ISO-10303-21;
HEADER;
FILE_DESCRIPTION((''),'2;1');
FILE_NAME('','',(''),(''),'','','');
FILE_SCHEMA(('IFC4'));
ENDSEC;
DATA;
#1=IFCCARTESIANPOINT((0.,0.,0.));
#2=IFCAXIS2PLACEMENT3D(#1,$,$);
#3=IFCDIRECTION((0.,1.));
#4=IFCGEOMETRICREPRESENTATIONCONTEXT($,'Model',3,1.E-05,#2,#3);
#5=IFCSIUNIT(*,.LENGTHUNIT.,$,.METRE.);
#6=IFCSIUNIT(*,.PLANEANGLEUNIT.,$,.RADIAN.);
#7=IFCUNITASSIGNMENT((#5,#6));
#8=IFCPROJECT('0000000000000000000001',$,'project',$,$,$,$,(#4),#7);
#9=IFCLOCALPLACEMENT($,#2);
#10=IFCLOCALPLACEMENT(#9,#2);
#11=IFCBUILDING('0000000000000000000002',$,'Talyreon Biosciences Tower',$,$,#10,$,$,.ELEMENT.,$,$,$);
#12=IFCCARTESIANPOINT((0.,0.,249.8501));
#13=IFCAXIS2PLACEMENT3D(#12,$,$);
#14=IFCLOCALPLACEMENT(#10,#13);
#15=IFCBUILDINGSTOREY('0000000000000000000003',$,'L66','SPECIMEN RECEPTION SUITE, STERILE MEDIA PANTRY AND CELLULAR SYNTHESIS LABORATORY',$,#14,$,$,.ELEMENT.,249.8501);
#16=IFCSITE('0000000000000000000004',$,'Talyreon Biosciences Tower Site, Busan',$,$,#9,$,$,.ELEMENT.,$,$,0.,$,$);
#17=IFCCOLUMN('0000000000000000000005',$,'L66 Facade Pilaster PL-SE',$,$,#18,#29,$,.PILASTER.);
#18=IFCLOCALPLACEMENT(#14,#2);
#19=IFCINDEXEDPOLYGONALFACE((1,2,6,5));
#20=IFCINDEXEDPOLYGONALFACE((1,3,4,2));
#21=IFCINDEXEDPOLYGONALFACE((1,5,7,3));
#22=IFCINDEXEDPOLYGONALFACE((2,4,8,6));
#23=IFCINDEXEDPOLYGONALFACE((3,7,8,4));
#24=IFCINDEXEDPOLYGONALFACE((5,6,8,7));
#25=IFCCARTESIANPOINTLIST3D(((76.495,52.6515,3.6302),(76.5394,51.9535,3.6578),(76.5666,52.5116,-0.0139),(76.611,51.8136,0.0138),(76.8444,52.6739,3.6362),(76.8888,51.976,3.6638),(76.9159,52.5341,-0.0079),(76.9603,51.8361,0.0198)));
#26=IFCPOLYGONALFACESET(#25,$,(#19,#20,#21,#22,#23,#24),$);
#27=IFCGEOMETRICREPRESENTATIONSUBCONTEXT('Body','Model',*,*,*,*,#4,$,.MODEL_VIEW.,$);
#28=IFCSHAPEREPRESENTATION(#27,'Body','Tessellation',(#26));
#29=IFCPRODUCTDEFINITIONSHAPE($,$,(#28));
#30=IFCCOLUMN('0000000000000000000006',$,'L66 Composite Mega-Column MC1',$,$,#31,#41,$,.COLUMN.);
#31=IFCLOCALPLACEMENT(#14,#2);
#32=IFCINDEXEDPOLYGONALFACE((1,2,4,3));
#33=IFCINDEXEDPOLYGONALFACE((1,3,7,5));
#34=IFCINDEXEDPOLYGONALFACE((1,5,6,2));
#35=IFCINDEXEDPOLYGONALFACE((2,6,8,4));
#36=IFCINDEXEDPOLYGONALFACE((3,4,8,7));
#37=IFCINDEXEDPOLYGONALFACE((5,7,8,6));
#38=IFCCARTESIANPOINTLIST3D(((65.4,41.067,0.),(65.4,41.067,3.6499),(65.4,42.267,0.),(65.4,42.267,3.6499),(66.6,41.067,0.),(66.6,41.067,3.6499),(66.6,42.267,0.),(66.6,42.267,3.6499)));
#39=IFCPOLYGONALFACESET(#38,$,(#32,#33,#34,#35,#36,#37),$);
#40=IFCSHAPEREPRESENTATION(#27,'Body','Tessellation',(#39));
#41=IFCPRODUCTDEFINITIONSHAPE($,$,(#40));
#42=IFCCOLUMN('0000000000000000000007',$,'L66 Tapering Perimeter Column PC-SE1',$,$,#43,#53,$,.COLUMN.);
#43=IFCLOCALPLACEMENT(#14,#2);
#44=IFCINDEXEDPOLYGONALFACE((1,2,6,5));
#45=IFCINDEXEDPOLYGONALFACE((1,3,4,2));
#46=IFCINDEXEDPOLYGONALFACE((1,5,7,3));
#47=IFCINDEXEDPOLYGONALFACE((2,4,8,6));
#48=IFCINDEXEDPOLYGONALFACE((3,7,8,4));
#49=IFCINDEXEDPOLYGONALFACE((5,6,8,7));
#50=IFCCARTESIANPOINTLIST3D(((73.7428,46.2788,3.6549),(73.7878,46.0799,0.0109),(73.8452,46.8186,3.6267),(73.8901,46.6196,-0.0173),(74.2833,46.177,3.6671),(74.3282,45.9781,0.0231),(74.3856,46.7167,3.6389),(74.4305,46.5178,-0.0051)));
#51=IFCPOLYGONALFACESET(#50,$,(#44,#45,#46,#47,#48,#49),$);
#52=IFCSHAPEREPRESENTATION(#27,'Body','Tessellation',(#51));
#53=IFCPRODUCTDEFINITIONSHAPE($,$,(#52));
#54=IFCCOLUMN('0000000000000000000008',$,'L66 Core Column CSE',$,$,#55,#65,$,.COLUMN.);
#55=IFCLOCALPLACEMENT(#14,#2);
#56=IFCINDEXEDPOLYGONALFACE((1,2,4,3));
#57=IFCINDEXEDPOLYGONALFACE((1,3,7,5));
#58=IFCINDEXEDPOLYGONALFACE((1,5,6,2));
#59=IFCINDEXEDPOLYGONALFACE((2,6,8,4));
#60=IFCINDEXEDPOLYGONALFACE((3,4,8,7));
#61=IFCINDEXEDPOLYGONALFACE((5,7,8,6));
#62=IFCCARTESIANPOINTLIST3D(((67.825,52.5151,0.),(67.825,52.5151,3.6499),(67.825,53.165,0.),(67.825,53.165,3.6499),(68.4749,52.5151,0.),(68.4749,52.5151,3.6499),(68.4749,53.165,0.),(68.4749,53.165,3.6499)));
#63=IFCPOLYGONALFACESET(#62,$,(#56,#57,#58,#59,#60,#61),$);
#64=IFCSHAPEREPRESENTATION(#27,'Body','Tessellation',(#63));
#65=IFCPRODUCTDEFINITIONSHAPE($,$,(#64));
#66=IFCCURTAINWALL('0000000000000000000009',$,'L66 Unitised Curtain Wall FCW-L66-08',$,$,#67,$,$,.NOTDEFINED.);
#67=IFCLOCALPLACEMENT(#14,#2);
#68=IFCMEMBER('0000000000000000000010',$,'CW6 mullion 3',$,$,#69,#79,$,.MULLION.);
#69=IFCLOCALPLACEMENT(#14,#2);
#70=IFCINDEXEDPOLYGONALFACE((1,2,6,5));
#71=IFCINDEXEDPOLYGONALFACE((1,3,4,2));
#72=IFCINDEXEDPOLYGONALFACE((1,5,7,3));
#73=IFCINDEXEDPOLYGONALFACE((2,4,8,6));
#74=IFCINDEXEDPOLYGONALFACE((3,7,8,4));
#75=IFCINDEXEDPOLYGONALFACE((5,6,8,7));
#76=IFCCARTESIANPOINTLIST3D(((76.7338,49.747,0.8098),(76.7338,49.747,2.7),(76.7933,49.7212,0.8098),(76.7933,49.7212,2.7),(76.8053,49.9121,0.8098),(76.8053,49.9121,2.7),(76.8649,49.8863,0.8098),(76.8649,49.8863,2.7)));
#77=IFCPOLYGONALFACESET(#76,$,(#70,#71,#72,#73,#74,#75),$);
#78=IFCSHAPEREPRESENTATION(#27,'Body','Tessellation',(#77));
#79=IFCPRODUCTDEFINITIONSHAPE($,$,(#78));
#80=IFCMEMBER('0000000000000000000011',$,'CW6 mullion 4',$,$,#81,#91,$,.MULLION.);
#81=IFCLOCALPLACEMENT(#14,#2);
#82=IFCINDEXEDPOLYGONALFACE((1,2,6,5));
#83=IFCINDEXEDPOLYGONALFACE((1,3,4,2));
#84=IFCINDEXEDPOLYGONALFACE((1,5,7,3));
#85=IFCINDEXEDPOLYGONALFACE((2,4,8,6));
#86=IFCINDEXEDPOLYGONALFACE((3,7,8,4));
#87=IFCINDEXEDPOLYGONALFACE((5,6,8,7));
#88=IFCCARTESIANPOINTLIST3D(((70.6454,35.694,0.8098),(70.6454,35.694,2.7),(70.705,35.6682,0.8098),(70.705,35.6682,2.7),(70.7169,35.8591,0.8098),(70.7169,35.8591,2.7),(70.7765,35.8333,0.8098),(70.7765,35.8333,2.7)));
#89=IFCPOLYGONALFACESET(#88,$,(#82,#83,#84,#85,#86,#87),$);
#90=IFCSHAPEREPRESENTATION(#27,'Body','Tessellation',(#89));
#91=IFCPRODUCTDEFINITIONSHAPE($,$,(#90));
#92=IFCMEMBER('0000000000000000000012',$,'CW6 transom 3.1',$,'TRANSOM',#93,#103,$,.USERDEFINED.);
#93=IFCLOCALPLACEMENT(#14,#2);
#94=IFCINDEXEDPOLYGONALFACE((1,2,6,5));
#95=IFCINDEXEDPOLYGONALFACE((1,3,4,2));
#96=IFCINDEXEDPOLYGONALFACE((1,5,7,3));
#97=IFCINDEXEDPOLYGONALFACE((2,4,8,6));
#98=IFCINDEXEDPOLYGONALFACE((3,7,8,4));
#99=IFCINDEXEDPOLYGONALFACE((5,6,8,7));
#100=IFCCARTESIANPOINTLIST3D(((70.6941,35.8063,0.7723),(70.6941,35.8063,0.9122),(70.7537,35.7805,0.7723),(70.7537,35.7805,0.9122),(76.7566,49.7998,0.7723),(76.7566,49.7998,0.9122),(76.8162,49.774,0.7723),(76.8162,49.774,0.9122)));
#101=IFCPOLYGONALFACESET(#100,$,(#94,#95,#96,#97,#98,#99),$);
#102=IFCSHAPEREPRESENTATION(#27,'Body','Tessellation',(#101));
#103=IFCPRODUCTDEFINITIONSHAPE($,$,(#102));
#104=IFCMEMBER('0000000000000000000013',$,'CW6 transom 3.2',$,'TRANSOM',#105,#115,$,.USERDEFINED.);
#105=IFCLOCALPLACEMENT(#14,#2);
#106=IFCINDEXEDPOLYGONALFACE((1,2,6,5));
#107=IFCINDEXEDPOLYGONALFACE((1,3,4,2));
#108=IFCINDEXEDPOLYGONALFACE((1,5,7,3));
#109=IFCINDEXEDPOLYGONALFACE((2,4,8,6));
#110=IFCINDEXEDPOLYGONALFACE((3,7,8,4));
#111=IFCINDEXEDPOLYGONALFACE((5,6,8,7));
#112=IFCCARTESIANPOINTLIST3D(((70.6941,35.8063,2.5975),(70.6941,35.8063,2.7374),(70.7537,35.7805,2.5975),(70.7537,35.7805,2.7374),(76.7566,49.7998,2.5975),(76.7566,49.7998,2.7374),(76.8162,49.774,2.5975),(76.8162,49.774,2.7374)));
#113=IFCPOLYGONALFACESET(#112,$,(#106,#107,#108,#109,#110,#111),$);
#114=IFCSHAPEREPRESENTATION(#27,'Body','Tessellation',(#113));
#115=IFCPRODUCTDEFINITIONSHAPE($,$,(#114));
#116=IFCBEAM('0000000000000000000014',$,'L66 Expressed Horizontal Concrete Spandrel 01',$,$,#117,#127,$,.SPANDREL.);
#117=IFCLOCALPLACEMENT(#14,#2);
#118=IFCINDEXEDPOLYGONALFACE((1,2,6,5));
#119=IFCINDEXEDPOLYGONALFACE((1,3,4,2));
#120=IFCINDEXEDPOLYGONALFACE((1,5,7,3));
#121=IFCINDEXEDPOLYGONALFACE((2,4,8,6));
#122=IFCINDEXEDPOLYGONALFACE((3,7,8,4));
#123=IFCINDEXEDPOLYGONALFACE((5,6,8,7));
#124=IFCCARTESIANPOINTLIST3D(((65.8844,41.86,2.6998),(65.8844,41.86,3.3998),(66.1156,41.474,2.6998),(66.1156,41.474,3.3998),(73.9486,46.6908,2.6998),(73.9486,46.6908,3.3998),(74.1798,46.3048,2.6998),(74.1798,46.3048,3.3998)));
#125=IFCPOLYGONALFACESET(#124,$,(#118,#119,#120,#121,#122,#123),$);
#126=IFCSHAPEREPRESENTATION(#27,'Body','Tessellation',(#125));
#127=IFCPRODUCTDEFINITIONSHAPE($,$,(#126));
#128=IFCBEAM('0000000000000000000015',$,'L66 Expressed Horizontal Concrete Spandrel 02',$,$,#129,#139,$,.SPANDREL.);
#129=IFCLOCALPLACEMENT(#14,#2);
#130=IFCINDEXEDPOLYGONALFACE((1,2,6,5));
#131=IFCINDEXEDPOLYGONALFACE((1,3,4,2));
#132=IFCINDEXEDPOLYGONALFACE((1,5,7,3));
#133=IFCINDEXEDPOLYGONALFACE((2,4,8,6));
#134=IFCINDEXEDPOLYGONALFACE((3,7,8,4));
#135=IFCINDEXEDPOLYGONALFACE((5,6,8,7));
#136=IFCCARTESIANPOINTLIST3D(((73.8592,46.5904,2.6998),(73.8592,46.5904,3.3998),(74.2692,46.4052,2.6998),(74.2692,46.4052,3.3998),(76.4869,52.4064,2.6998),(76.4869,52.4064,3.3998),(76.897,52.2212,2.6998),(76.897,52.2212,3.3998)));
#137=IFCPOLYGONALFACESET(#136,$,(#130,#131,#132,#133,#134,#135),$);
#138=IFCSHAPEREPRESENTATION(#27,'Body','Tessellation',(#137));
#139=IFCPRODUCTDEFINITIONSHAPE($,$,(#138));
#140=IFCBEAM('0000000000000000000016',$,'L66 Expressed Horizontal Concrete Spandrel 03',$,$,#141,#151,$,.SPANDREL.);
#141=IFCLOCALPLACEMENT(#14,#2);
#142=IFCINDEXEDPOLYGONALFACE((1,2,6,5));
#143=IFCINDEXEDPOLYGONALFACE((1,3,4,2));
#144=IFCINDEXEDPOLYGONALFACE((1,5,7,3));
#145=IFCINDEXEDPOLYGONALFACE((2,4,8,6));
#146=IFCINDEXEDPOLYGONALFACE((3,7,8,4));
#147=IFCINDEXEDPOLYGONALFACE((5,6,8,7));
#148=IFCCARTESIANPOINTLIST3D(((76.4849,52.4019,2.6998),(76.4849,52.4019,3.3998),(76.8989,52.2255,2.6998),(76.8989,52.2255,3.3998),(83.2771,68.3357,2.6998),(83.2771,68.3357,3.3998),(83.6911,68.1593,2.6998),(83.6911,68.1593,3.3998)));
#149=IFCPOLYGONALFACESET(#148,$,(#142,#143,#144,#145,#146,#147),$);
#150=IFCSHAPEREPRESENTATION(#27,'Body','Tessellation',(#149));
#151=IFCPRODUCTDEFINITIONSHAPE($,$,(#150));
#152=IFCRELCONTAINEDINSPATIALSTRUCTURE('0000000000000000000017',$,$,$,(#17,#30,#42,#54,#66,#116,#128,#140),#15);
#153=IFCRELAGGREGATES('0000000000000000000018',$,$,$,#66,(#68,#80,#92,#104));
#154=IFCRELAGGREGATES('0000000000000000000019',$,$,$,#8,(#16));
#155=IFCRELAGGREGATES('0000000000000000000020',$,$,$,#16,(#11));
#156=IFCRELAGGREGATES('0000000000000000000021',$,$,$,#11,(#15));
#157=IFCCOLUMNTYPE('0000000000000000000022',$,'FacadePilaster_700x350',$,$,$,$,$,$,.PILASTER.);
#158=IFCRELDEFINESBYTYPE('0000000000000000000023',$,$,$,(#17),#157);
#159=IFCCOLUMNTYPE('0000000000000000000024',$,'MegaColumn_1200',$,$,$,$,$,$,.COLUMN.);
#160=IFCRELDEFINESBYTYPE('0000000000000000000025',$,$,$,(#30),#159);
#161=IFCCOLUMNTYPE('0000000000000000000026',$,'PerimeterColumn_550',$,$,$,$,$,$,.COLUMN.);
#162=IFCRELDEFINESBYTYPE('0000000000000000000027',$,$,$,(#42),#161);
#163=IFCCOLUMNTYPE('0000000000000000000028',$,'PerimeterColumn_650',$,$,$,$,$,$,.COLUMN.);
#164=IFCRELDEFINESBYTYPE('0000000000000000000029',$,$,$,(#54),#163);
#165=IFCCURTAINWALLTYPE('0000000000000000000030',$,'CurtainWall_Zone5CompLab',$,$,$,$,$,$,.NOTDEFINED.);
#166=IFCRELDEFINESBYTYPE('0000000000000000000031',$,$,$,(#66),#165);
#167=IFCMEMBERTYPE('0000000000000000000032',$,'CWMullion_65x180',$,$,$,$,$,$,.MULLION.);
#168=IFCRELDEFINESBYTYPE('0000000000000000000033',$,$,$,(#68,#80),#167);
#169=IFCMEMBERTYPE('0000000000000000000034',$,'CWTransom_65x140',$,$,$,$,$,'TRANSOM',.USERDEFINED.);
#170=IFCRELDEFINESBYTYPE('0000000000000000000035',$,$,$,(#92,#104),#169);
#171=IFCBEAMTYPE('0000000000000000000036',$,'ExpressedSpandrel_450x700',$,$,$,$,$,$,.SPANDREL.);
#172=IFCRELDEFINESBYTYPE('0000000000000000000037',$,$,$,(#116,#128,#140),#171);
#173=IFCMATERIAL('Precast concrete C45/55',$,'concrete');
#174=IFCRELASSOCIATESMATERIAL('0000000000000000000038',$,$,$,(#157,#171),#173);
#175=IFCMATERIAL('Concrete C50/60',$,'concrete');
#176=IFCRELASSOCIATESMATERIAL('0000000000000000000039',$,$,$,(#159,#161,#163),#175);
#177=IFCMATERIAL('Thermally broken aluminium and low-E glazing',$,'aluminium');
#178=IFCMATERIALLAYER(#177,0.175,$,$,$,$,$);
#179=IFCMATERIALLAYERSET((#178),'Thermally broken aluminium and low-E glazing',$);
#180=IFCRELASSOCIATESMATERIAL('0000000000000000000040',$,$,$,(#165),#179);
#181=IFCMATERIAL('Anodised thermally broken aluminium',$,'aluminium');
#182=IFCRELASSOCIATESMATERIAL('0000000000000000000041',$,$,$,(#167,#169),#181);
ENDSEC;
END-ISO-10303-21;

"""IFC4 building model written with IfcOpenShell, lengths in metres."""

from ifc_helpers import new_model, si_unit, direction, frame, origin, origin_2d, place, context, subcontext, project, spatial, rectangle, extrude, material, layer, layer_set, material_profile, profile_set, type_object, element, aggregate, save


model = new_model("IFC4")

# Units and contexts
model_context = context("Model", 3, precision=1e-05, world=origin(), true_north=direction((0.0, 1.0)))
body_context = subcontext(model_context, "Body", "Model", "MODEL_VIEW")
ifc_project = project(units=[si_unit("LENGTHUNIT", "METRE"), si_unit("PLANEANGLEUNIT", "RADIAN")], contexts=[model_context])

# Site, building, storey
site_placement = place(None, origin())
site = spatial("IfcSite", under=ifc_project, at=site_placement, Name="Talyreon Biosciences Tower Site, Busan", CompositionType="ELEMENT", RefElevation=0.0)
building_placement = place(site_placement, origin())
building = spatial("IfcBuilding", under=site, at=building_placement, Name="Talyreon Biosciences Tower", CompositionType="ELEMENT")
storey_placement = place(building_placement, frame((0.0, 0.0, 249.8501)))
storey = spatial("IfcBuildingStorey", under=building, at=storey_placement, Name="L66", Description="SPECIMEN RECEPTION SUITE, STERILE MEDIA PANTRY AND CELLULAR SYNTHESIS LABORATORY", CompositionType="ELEMENT", Elevation=249.8501)

# Columns
ifc_material_1 = material(Name="Precast concrete C45/55", Category="concrete")
ifc_material_profile_1 = material_profile(ifc_material_1, rectangle(XDim=0.7, YDim=0.3501, at=origin_2d()), Name="RC 700x350")
ifc_profile_set_1 = profile_set([ifc_material_profile_1], Name="Precast concrete C45/55")
column_type_1 = type_object("IfcColumnType", Name="FacadePilaster_700x350", PredefinedType="PILASTER", material=ifc_profile_set_1)
column_1_placement = place(storey_placement, frame((76.7634, 52.1738, 0.0029), z_axis=(-0.019612, 0.038354, 0.999072), x_axis=(0.063424, -0.997204, 0.039527)))
element("IfcColumn", 1, at=column_1_placement, inside=storey, type_object=column_type_1, Name="L66 Facade Pilaster PL-SE", PredefinedType="PILASTER", context=body_context, shape_type="SweptSolid", body=[
    extrude(rectangle(XDim=0.7, YDim=0.3501, at=origin_2d()), origin(), (0.0, 0.0, 1.0), 3.6475),
])
ifc_material_2 = material(Name="Concrete C50/60", Category="concrete")
ifc_material_profile_2 = material_profile(ifc_material_2, rectangle(XDim=1.2, YDim=1.2, at=origin_2d()), Name="RC 1200x1200")
ifc_profile_set_2 = profile_set([ifc_material_profile_2], Name="Concrete C50/60")
column_type_2 = type_object("IfcColumnType", Name="MegaColumn_1200", PredefinedType="COLUMN", material=ifc_profile_set_2)
column_2_placement = place(storey_placement, frame((66.0, 41.667, 0.0), z_axis=(0.0, 0.0, 1.0), x_axis=(1.0, 0.0, 0.0)))
element("IfcColumn", 2, at=column_2_placement, inside=storey, type_object=column_type_2, Name="L66 Composite Mega-Column MC1", PredefinedType="COLUMN", context=body_context, shape_type="SweptSolid", body=[
    extrude(rectangle(XDim=1.2, YDim=1.2, at=origin_2d()), origin(), (0.0, 0.0, 1.0), 3.6499),
])
ifc_material_profile_3 = material_profile(ifc_material_2, rectangle(XDim=0.55, YDim=0.55, at=origin_2d()), Name="RC 550x550")
ifc_profile_set_3 = profile_set([ifc_material_profile_3], Name="Concrete C50/60")
column_type_3 = type_object("IfcColumnType", Name="PerimeterColumn_550", PredefinedType="COLUMN", material=ifc_profile_set_3)
column_3_placement = place(storey_placement, frame((74.1091, 46.2988, 0.0029), z_axis=(-0.012308, 0.054517, 0.998437), x_axis=(-0.186013, -0.981208, 0.051284)))
element("IfcColumn", 3, at=column_3_placement, inside=storey, type_object=column_type_3, Name="L66 Tapering Perimeter Column PC-SE1", PredefinedType="COLUMN", context=body_context, shape_type="SweptSolid", body=[
    extrude(rectangle(XDim=0.55, YDim=0.55, at=origin_2d()), origin(), (0.0, 0.0, 1.0), 3.6497),
])
ifc_material_profile_4 = material_profile(ifc_material_2, rectangle(XDim=0.6499, YDim=0.6499, at=origin_2d()), Name="RC 650x650")
ifc_profile_set_4 = profile_set([ifc_material_profile_4], Name="Concrete C50/60")
column_type_4 = type_object("IfcColumnType", Name="PerimeterColumn_650", PredefinedType="COLUMN", material=ifc_profile_set_4)
column_4_placement = place(storey_placement, frame((68.1499, 52.8401, 0.0), z_axis=(0.0, 0.0, 1.0), x_axis=(1.0, 0.0, 0.0)))
element("IfcColumn", 4, at=column_4_placement, inside=storey, type_object=column_type_4, Name="L66 Core Column CSE", PredefinedType="COLUMN", context=body_context, shape_type="SweptSolid", body=[
    extrude(rectangle(XDim=0.6499, YDim=0.6499, at=origin_2d()), origin(), (0.0, 0.0, 1.0), 3.6499),
])

# Curtain wall, members
ifc_material_3 = material(Name="Thermally broken aluminium and low-E glazing", Category="aluminium")
ifc_layer_1 = layer(ifc_material_3, 0.175)
ifc_layer_set_1 = layer_set([ifc_layer_1], Name="Thermally broken aluminium and low-E glazing")
curtain_wall_type = type_object("IfcCurtainWallType", Name="CurtainWall_Zone5CompLab", PredefinedType="NOTDEFINED", material=ifc_layer_set_1)
curtain_wall_placement = place(storey_placement, origin())
curtain_wall = element("IfcCurtainWall", 5, at=curtain_wall_placement, inside=storey, type_object=curtain_wall_type, Name="L66 Unitised Curtain Wall FCW-L66-08", PredefinedType="NOTDEFINED")
ifc_material_4 = material(Name="Anodised thermally broken aluminium", Category="aluminium")
ifc_material_profile_5 = material_profile(ifc_material_4, rectangle(XDim=0.0649, YDim=0.1799, at=origin_2d()), Name="ALUM MULLION 65x180")
ifc_profile_set_5 = profile_set([ifc_material_profile_5], Name="Anodised thermally broken aluminium")
member_type_1 = type_object("IfcMemberType", Name="CWMullion_65x180", PredefinedType="MULLION", material=ifc_profile_set_5)
member_1_placement = place(storey_placement, frame((76.7993, 49.8167, 0.8098), z_axis=(0.0, 0.0, 1.0), x_axis=(0.917586, -0.397537, 0.0)))
member_1 = element("IfcMember", 6, at=member_1_placement, type_object=member_type_1, Name="CW6 mullion 3", PredefinedType="MULLION", context=body_context, shape_type="SweptSolid", body=[
    extrude(rectangle(XDim=0.0649, YDim=0.1799, at=origin_2d()), origin(), (0.0, 0.0, 1.0), 1.8901),
])
member_2_placement = place(storey_placement, frame((70.7109, 35.7637, 0.8098), z_axis=(0.0, 0.0, 1.0), x_axis=(0.917586, -0.397537, 0.0)))
member_2 = element("IfcMember", 7, at=member_2_placement, type_object=member_type_1, Name="CW6 mullion 4", PredefinedType="MULLION", context=body_context, shape_type="SweptSolid", body=[
    extrude(rectangle(XDim=0.0649, YDim=0.1799, at=origin_2d()), origin(), (0.0, 0.0, 1.0), 1.8901),
])
ifc_material_profile_6 = material_profile(ifc_material_4, rectangle(XDim=0.0649, YDim=0.1399, at=origin_2d()), Name="ALUM TRANSOM 65x140")
ifc_profile_set_6 = profile_set([ifc_material_profile_6], Name="Anodised thermally broken aluminium")
member_type_2 = type_object("IfcMemberType", Name="CWTransom_65x140", ElementType="TRANSOM", PredefinedType="USERDEFINED", material=ifc_profile_set_6)
member_3_placement = place(storey_placement, frame((76.7864, 49.7869, 0.8423), z_axis=(-0.397535, -0.917587, 0.0), x_axis=(0.917587, -0.397535, 0.0)))
member_3 = element("IfcMember", 8, at=member_3_placement, type_object=member_type_2, Name="CW6 transom 3.1", ObjectType="TRANSOM", PredefinedType="USERDEFINED", context=body_context, shape_type="SweptSolid", body=[
    extrude(rectangle(XDim=0.0649, YDim=0.1399, at=origin_2d()), origin(), (0.0, 0.0, 1.0), 15.2502),
])
member_4_placement = place(storey_placement, frame((76.7864, 49.7869, 2.6675), z_axis=(-0.397535, -0.917587, 0.0), x_axis=(0.917587, -0.397535, 0.0)))
member_4 = element("IfcMember", 9, at=member_4_placement, type_object=member_type_2, Name="CW6 transom 3.2", ObjectType="TRANSOM", PredefinedType="USERDEFINED", context=body_context, shape_type="SweptSolid", body=[
    extrude(rectangle(XDim=0.0649, YDim=0.1399, at=origin_2d()), origin(), (0.0, 0.0, 1.0), 15.2502),
])

# Beams
ifc_material_profile_7 = material_profile(ifc_material_1, rectangle(XDim=0.45, YDim=0.7, at=origin_2d()), Name="RCB 450x700")
ifc_profile_set_7 = profile_set([ifc_material_profile_7], Name="Precast concrete C45/55")
beam_type_1 = type_object("IfcBeamType", Name="ExpressedSpandrel_450x700", PredefinedType="SPANDREL", material=ifc_profile_set_7)
beam_1_placement = place(storey_placement, frame((66.0, 41.667, 3.0498), z_axis=(0.857855, 0.513892, 0.0), x_axis=(-0.513892, 0.857855, 0.0)))
element("IfcBeam", 10, at=beam_1_placement, inside=storey, type_object=beam_type_1, Name="L66 Expressed Horizontal Concrete Spandrel 01", PredefinedType="SPANDREL", context=body_context, shape_type="SweptSolid", body=[
    extrude(rectangle(XDim=0.45, YDim=0.7, at=origin_2d()), origin(), (0.0, 0.0, 1.0), 9.4004),
])
beam_2_placement = place(storey_placement, frame((74.0642, 46.4978, 3.0498), z_axis=(0.411735, 0.911303, 0.0), x_axis=(-0.911303, 0.411735, 0.0)))
element("IfcBeam", 11, at=beam_2_placement, inside=storey, type_object=beam_type_1, Name="L66 Expressed Horizontal Concrete Spandrel 02", PredefinedType="SPANDREL", context=body_context, shape_type="SweptSolid", body=[
    extrude(rectangle(XDim=0.45, YDim=0.7, at=origin_2d()), origin(), (0.0, 0.0, 1.0), 6.3821),
])
beam_3_placement = place(storey_placement, frame((76.6919, 52.3137, 3.0498), z_axis=(0.392136, 0.919907, 0.0), x_axis=(-0.919907, 0.392136, 0.0)))
element("IfcBeam", 12, at=beam_3_placement, inside=storey, type_object=beam_type_1, Name="L66 Expressed Horizontal Concrete Spandrel 03", PredefinedType="SPANDREL", context=body_context, shape_type="SweptSolid", body=[
    extrude(rectangle(XDim=0.45, YDim=0.7, at=origin_2d()), origin(), (0.0, 0.0, 1.0), 17.321),
])

aggregate(curtain_wall, [member_1, member_2, member_3, member_4])

save(model, "model.ifc")
